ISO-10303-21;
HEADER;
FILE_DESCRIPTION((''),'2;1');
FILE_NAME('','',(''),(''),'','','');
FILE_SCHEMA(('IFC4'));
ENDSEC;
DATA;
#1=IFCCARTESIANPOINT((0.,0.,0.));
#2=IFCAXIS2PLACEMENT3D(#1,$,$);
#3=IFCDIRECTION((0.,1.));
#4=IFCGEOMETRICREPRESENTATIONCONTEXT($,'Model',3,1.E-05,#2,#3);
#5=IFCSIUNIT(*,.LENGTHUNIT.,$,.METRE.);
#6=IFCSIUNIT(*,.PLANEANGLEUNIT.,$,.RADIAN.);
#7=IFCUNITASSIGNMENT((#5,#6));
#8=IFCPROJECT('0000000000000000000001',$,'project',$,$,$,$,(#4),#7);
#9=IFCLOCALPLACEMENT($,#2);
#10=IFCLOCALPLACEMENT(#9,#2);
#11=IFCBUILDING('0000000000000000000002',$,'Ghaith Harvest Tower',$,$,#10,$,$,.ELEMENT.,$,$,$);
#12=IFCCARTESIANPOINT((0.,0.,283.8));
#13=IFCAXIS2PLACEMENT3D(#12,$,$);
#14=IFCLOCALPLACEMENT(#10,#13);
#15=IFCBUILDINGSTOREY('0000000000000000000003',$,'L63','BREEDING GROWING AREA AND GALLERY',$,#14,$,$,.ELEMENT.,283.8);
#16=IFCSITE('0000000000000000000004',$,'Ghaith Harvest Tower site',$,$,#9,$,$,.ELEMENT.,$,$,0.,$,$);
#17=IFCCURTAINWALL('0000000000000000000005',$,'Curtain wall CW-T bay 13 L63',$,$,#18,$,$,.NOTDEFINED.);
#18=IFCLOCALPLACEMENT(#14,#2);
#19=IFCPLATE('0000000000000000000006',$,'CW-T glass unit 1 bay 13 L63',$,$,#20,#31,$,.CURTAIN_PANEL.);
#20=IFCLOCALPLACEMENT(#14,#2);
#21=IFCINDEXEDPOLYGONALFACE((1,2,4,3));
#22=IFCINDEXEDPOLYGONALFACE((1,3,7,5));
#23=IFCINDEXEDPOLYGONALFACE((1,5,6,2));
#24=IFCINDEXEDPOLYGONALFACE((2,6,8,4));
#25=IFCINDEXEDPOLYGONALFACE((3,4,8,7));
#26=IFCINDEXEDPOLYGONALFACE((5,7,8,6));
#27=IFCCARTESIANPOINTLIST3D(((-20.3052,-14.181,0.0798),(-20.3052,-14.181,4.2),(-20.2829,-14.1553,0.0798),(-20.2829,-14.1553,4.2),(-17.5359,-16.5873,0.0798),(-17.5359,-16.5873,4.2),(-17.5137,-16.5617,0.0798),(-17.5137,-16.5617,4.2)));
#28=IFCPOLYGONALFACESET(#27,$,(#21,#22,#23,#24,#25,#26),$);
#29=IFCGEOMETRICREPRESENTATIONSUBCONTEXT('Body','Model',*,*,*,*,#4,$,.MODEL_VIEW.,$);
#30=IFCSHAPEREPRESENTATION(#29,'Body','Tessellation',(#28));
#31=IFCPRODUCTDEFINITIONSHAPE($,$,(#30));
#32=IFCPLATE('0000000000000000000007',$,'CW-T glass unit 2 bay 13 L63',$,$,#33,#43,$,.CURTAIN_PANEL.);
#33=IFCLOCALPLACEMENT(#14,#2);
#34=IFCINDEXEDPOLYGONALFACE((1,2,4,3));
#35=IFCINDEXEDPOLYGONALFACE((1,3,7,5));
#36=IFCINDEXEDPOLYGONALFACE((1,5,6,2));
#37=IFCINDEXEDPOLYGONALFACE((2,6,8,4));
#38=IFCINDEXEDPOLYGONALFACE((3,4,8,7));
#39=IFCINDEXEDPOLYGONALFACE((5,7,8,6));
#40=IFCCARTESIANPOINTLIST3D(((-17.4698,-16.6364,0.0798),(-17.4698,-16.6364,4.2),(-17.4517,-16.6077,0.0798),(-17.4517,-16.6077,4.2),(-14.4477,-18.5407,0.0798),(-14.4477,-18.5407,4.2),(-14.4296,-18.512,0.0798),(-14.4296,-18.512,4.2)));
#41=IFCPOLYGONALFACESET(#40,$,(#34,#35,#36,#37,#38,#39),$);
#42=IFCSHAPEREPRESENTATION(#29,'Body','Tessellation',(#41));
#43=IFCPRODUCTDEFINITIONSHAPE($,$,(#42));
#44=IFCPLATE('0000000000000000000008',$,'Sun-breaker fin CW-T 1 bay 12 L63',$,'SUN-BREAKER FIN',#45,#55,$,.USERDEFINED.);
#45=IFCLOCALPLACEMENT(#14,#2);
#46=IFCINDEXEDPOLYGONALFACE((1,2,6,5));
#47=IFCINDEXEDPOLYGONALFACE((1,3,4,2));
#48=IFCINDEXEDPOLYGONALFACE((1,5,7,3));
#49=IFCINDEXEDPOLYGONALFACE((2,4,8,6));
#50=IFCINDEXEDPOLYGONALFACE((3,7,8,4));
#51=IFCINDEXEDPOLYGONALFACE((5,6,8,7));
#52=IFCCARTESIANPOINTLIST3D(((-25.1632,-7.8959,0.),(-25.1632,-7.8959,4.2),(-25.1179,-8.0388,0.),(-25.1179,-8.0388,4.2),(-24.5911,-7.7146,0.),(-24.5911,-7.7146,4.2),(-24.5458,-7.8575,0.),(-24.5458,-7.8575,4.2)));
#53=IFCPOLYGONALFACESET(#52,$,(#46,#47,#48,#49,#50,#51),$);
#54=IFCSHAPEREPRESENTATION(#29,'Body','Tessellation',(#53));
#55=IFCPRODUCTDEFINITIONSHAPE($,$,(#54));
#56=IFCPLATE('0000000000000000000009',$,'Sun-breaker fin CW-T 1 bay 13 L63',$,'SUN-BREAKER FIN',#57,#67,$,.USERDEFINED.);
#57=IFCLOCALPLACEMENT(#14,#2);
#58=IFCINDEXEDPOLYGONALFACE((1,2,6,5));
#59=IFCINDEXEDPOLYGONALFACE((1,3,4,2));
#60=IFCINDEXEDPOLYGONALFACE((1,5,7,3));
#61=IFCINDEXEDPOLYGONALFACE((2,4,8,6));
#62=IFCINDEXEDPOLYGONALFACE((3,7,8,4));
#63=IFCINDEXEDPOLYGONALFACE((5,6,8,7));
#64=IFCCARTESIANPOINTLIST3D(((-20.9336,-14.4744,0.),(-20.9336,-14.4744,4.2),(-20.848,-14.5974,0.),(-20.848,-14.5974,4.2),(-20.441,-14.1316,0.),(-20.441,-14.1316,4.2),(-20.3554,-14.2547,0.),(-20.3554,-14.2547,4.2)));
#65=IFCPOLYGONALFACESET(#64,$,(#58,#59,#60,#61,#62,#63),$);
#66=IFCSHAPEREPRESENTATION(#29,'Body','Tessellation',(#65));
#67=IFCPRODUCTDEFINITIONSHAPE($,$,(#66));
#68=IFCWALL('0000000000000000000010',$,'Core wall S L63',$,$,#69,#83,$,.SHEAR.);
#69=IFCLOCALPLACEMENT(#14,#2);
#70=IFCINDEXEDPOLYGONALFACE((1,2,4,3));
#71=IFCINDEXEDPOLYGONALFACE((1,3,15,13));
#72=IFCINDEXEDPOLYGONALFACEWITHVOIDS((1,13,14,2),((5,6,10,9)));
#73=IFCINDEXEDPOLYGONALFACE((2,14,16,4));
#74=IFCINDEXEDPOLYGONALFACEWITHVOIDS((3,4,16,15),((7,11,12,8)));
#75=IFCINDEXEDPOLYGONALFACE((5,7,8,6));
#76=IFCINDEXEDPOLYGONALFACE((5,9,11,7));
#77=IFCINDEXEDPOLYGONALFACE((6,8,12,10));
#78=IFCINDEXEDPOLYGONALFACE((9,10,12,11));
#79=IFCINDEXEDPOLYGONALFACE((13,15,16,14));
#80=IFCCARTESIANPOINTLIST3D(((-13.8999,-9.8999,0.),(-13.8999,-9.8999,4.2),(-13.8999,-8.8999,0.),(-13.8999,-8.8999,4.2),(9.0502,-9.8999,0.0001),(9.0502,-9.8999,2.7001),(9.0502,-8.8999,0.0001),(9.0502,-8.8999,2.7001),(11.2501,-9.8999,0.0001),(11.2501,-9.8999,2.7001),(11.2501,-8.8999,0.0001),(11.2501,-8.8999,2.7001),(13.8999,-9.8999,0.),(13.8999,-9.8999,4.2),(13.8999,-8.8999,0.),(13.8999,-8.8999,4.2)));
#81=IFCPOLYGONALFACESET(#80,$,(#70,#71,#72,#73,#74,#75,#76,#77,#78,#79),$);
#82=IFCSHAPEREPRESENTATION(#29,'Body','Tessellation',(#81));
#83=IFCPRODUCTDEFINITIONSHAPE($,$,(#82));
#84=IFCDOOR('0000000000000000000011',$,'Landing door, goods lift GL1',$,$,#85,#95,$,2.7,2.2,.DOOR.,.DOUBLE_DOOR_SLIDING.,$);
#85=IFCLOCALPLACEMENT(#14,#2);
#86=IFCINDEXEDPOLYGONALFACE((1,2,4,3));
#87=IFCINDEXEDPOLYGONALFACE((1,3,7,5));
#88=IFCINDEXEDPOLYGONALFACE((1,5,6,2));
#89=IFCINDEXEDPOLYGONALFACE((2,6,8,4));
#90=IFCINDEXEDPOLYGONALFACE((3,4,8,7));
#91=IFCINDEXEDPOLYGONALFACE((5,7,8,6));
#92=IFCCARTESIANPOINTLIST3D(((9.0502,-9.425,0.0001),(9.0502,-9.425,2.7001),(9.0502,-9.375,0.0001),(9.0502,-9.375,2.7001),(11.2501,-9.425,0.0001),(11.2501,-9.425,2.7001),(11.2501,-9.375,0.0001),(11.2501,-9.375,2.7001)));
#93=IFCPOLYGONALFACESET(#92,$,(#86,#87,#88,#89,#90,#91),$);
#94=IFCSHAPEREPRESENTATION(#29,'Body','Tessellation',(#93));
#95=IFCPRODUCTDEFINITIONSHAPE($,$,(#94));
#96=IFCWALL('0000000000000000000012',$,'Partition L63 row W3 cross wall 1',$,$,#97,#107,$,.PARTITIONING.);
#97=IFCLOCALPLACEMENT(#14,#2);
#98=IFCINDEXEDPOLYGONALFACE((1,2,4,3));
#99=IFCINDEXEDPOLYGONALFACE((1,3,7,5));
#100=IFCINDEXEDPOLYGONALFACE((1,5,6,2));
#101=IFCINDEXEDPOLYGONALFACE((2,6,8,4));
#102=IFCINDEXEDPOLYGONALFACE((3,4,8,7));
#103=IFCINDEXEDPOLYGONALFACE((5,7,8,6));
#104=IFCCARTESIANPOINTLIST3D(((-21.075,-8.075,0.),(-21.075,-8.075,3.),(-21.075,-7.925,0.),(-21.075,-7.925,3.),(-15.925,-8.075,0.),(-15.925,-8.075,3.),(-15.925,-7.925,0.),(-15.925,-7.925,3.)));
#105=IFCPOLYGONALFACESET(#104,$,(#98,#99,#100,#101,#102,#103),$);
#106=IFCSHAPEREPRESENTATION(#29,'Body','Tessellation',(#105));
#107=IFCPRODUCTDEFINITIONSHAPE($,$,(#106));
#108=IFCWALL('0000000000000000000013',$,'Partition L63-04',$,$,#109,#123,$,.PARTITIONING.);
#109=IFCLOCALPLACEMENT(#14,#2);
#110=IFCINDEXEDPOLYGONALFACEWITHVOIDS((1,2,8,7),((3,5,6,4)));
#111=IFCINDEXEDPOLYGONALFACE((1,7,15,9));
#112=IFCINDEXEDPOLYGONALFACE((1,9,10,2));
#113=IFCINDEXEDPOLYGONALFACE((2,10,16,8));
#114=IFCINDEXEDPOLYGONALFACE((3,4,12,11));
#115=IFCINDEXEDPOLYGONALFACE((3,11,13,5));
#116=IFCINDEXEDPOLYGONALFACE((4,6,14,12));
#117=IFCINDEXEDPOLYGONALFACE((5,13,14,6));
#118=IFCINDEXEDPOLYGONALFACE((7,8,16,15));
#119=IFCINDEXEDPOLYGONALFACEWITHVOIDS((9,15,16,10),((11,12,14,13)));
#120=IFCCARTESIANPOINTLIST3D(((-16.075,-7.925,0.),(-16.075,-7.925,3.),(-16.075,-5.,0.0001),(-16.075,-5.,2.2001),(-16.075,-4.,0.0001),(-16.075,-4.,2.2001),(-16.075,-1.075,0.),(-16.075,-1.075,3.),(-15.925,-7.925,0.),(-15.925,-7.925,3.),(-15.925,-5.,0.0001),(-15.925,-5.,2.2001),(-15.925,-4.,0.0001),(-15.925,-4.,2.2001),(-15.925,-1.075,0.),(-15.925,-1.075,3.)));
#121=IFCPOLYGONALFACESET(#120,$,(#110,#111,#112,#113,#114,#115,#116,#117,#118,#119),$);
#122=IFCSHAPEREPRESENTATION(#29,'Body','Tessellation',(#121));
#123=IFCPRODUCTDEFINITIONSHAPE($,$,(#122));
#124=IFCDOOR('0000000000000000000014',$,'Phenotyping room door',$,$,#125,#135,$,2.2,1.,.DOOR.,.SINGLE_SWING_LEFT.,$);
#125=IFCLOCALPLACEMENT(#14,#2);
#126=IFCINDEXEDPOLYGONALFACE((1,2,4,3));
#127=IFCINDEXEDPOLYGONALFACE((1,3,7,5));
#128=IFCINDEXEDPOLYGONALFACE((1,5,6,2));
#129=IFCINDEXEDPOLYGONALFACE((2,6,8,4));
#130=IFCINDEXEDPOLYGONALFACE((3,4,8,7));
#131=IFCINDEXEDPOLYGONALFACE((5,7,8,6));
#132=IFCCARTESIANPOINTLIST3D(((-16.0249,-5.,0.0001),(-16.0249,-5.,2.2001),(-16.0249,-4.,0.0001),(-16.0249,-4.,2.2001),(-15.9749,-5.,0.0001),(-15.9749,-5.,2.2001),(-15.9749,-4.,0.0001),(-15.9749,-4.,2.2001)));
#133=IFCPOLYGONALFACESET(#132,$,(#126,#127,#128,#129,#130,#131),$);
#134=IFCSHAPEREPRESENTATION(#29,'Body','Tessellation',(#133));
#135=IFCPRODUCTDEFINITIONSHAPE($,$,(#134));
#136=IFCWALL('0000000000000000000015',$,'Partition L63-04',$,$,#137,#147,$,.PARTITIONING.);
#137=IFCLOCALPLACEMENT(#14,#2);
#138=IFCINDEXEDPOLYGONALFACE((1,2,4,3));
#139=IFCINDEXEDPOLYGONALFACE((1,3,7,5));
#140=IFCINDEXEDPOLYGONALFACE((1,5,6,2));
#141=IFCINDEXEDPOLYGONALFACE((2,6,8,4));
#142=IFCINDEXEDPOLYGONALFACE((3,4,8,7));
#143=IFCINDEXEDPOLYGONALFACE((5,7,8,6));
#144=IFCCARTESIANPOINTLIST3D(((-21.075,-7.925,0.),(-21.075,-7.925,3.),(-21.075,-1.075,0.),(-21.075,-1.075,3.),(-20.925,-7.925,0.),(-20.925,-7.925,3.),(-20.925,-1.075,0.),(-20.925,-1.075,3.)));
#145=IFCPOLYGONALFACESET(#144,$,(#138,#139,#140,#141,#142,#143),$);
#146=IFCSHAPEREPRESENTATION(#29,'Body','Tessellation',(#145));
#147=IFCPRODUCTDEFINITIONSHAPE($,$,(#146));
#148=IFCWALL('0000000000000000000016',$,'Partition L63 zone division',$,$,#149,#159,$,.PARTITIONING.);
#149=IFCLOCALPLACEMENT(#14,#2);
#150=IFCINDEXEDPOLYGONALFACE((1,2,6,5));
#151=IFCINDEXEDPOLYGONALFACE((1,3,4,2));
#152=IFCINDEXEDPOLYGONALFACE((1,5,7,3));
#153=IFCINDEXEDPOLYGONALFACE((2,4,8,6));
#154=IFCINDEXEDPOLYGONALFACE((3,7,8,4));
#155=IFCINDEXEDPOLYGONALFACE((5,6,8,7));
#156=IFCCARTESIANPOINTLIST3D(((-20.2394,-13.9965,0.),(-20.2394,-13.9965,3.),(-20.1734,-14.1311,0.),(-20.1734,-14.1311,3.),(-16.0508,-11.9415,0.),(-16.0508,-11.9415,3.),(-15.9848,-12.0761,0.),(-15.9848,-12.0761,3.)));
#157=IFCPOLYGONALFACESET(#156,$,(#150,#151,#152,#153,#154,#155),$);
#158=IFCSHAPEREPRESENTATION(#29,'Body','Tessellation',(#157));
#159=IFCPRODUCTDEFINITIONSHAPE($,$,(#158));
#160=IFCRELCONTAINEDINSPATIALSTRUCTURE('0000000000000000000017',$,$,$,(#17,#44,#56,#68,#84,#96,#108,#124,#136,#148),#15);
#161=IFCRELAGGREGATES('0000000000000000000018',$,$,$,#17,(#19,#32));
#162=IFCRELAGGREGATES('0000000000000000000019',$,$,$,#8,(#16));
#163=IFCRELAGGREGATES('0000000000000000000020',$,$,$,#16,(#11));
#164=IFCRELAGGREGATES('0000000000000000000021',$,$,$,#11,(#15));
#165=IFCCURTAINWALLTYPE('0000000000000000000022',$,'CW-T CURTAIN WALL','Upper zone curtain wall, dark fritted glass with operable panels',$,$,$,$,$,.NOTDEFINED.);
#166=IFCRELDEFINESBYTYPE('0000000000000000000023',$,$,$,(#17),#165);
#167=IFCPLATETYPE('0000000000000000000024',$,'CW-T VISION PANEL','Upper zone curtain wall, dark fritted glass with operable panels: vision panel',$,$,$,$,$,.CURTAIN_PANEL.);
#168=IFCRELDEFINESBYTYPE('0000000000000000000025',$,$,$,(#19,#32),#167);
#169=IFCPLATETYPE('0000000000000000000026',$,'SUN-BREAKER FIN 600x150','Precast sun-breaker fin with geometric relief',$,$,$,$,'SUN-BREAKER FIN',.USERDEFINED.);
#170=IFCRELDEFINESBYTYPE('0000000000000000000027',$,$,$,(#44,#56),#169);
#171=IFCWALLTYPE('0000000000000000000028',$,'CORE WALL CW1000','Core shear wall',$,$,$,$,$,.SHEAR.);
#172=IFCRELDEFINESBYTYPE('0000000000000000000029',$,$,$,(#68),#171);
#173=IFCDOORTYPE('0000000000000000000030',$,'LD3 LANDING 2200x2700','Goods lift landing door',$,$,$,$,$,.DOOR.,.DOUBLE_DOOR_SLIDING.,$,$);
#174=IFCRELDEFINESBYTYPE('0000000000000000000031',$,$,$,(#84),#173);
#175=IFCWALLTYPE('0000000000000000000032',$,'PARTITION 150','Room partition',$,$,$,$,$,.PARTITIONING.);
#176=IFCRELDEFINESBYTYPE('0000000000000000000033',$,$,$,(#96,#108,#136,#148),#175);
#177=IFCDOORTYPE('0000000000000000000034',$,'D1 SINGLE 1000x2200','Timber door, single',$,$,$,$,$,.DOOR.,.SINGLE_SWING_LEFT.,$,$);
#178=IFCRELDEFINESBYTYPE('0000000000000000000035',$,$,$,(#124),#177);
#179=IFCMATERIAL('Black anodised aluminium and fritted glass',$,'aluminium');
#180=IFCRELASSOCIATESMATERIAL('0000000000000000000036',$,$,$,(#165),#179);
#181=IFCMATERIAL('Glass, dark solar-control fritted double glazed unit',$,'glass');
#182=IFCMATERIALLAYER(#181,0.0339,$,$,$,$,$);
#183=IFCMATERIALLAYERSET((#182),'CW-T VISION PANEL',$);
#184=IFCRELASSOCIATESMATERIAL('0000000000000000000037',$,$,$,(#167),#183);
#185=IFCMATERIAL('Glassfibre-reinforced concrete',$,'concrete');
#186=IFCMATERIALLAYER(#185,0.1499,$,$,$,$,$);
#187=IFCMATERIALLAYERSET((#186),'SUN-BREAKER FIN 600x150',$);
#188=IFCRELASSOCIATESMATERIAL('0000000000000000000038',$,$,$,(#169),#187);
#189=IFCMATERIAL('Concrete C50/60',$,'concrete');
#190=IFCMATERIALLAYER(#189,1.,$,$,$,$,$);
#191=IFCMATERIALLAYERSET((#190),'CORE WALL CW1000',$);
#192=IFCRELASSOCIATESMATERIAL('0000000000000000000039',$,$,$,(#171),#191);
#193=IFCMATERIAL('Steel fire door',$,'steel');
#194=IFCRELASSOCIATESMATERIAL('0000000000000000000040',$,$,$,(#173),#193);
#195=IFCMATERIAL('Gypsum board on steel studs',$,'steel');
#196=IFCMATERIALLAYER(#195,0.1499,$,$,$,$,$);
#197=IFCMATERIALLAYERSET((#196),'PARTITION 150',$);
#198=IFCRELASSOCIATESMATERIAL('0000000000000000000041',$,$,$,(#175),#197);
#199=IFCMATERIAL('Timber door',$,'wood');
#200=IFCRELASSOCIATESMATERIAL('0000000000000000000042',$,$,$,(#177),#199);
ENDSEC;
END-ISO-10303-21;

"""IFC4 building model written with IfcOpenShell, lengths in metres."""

from ifc_helpers import new_model, si_unit, direction, frame, frame_2d, origin, origin_2d, place, context, subcontext, project, spatial, rectangle, extrude, material, layer, layer_set, type_object, element, fill, aggregate, save


model = new_model("IFC4")

# Units and contexts
model_context = context("Model", 3, precision=1e-05, world=origin(), true_north=direction((0.0, 1.0)))
body_context = subcontext(model_context, "Body", "Model", "MODEL_VIEW")
ifc_project = project(units=[si_unit("LENGTHUNIT", "METRE"), si_unit("PLANEANGLEUNIT", "RADIAN")], contexts=[model_context])

# Site, building, storey
site_placement = place(None, origin())
site = spatial("IfcSite", under=ifc_project, at=site_placement, Name="Ghaith Harvest Tower site", CompositionType="ELEMENT", RefElevation=0.0)
building_placement = place(site_placement, origin())
building = spatial("IfcBuilding", under=site, at=building_placement, Name="Ghaith Harvest Tower", CompositionType="ELEMENT")
storey_placement = place(building_placement, frame((0.0, 0.0, 283.8)))
storey = spatial("IfcBuildingStorey", under=building, at=storey_placement, Name="L63", Description="BREEDING GROWING AREA AND GALLERY", CompositionType="ELEMENT", Elevation=283.8)

# Shared definitions
ifc_material_1 = material(Name="Black anodised aluminium and fritted glass", Category="aluminium")
curtain_wall_type = type_object("IfcCurtainWallType", Name="CW-T CURTAIN WALL", Description="Upper zone curtain wall, dark fritted glass with operable panels", PredefinedType="NOTDEFINED", material=ifc_material_1)

# Curtain wall
curtain_wall_1_placement = place(storey_placement, origin())
curtain_wall_1 = element("IfcCurtainWall", 1, at=curtain_wall_1_placement, inside=storey, type_object=curtain_wall_type, Name="Curtain wall CW-T bay 13 L63", PredefinedType="NOTDEFINED")

# Plates
ifc_material_2 = material(Name="Glass, dark solar-control fritted double glazed unit", Category="glass")
ifc_layer_1 = layer(ifc_material_2, 0.0339)
ifc_layer_set_1 = layer_set([ifc_layer_1], Name="CW-T VISION PANEL")
plate_type_1 = type_object("IfcPlateType", Name="CW-T VISION PANEL", Description="Upper zone curtain wall, dark fritted glass with operable panels: vision panel", PredefinedType="CURTAIN_PANEL", material=ifc_layer_set_1)
plate_1_placement = place(storey_placement, frame((-18.9094, -15.3713, 0.0798), z_axis=(0.0, 0.0, 1.0), x_axis=(0.754829, -0.655922, 0.0)))
plate_1 = element("IfcPlate", 2, at=plate_1_placement, type_object=plate_type_1, Name="CW-T glass unit 1 bay 13 L63", PredefinedType="CURTAIN_PANEL", context=body_context, shape_type="SweptSolid", body=[
    extrude(rectangle(XDim=3.6687, YDim=0.0339, at=origin_2d()), origin(), (0.0, 0.0, 1.0), 4.1201),
])
plate_2_placement = place(storey_placement, frame((-15.9497, -17.5742, 0.0798), z_axis=(0.0, 0.0, 1.0), x_axis=(0.846043, -0.533114, 0.0)))
plate_2 = element("IfcPlate", 3, at=plate_2_placement, type_object=plate_type_1, Name="CW-T glass unit 2 bay 13 L63", PredefinedType="CURTAIN_PANEL", context=body_context, shape_type="SweptSolid", body=[
    extrude(rectangle(XDim=3.572, YDim=0.0339, at=origin_2d()), origin(), (0.0, 0.0, 1.0), 4.1201),
])
aggregate(curtain_wall_1, [plate_1, plate_2])

# Plates
ifc_material_3 = material(Name="Glassfibre-reinforced concrete", Category="concrete")
ifc_layer_2 = layer(ifc_material_3, 0.1499)
ifc_layer_set_2 = layer_set([ifc_layer_2], Name="SUN-BREAKER FIN 600x150")
plate_type_2 = type_object("IfcPlateType", Name="SUN-BREAKER FIN 600x150", Description="Precast sun-breaker fin with geometric relief", ElementType="SUN-BREAKER FIN", PredefinedType="USERDEFINED", material=ifc_layer_set_2)
for number, where, z_axis, x_axis, name in (
    (4, (-24.8545, -7.8767, 0.0), (0.0, 0.0, 1.0), (-0.953273, -0.30211, 0.0), "Sun-breaker fin CW-T 1 bay 12 L63"),
    (5, (-20.6445, -14.3645, 0.0), (0.0, 0.0, 1.0), (-0.820845, -0.57115, 0.0), "Sun-breaker fin CW-T 1 bay 13 L63"),
):
    element("IfcPlate", number, at=place(storey_placement, frame(where, z_axis=z_axis, x_axis=x_axis)), inside=storey, type_object=plate_type_2, Name=name, ObjectType="SUN-BREAKER FIN", PredefinedType="USERDEFINED", context=body_context, shape_type="SweptSolid", body=[
        extrude(rectangle(XDim=0.6001, YDim=0.1499, at=origin_2d()), origin(), (0.0, 0.0, 1.0), 4.2),
    ])

# Wall, opening, door
ifc_material_4 = material(Name="Concrete C50/60", Category="concrete")
ifc_layer_3 = layer(ifc_material_4, 1.0)
ifc_layer_set_3 = layer_set([ifc_layer_3], Name="CORE WALL CW1000")
wall_type_1 = type_object("IfcWallType", Name="CORE WALL CW1000", Description="Core shear wall", PredefinedType="SHEAR", material=ifc_layer_set_3)
wall_1_placement = place(storey_placement, frame((-13.8999, -9.3999, 0.0), z_axis=(0.0, 0.0, 1.0), x_axis=(1.0, 0.0, 0.0)))
wall_1 = element("IfcWall", 6, at=wall_1_placement, inside=storey, type_object=wall_type_1, Name="Core wall S L63", PredefinedType="SHEAR", context=body_context, shape_type="SweptSolid", body=[
    extrude(rectangle(XDim=27.7998, YDim=1.0, at=frame_2d((13.8999, 0.0))), origin(), (0.0, 0.0, 1.0), 4.2),
])
opening_1_placement = place(wall_1_placement, frame((22.95, 0.0, 0.0)))
opening_1 = element("IfcOpeningElement", 7, at=opening_1_placement, cuts=wall_1, PredefinedType="OPENING", context=body_context, shape_type="SweptSolid", body=[
    extrude(rectangle(XDim=2.2, YDim=2.7, at=frame_2d((1.1001, 1.3501))), frame((0.0, 0.51, 0.0), z_axis=(0.0, -1.0, 0.0), x_axis=(1.0, 0.0, 0.0)), (0.0, 0.0, 1.0), 1.02),
])
ifc_material_5 = material(Name="Steel fire door", Category="steel")
door_type_1 = type_object("IfcDoorType", Name="LD3 LANDING 2200x2700", Description="Goods lift landing door", OperationType="DOUBLE_DOOR_SLIDING", PredefinedType="DOOR", material=ifc_material_5)
door_1_placement = place(opening_1_placement, origin())
door_1 = element("IfcDoor", 8, at=door_1_placement, inside=storey, type_object=door_type_1, Name="Landing door, goods lift GL1", OperationType="DOUBLE_DOOR_SLIDING", OverallHeight=2.7, OverallWidth=2.2, PredefinedType="DOOR", context=body_context, shape_type="SweptSolid", body=[
    extrude(rectangle(XDim=2.2, YDim=2.7, at=frame_2d((1.1001, 1.3501))), frame((0.0, 0.0249, 0.0), z_axis=(0.0, -1.0, 0.0), x_axis=(1.0, 0.0, 0.0)), (0.0, 0.0, 1.0), 0.05),
])
fill(opening_1, door_1)

# Wall
ifc_material_6 = material(Name="Gypsum board on steel studs", Category="steel")
ifc_layer_4 = layer(ifc_material_6, 0.1499)
ifc_layer_set_4 = layer_set([ifc_layer_4], Name="PARTITION 150")
wall_type_2 = type_object("IfcWallType", Name="PARTITION 150", Description="Room partition", PredefinedType="PARTITIONING", material=ifc_layer_set_4)
wall_2_placement = place(storey_placement, frame((-15.925, -8.0, 0.0), z_axis=(0.0, 0.0, 1.0), x_axis=(-1.0, 0.0, 0.0)))
element("IfcWall", 9, at=wall_2_placement, inside=storey, type_object=wall_type_2, Name="Partition L63 row W3 cross wall 1", PredefinedType="PARTITIONING", context=body_context, shape_type="SweptSolid", body=[
    extrude(rectangle(XDim=5.1499, YDim=0.1499, at=frame_2d((2.575, 0.0))), origin(), (0.0, 0.0, 1.0), 3.0),
])

# Wall, opening, door
wall_3_placement = place(storey_placement, frame((-16.0, -7.925, 0.0), z_axis=(0.0, 0.0, 1.0), x_axis=(0.0, 1.0, 0.0)))
wall_3 = element("IfcWall", 10, at=wall_3_placement, inside=storey, type_object=wall_type_2, Name="Partition L63-04", PredefinedType="PARTITIONING", context=body_context, shape_type="SweptSolid", body=[
    extrude(rectangle(XDim=6.8501, YDim=0.1499, at=frame_2d((3.425, 0.0))), origin(), (0.0, 0.0, 1.0), 3.0),
])
opening_2_placement = place(wall_3_placement, frame((2.925, 0.0, 0.0)))
opening_2 = element("IfcOpeningElement", 11, at=opening_2_placement, cuts=wall_3, PredefinedType="OPENING", context=body_context, shape_type="SweptSolid", body=[
    extrude(rectangle(XDim=1.0, YDim=2.2, at=frame_2d((0.5, 1.1001))), frame((0.0, 0.085, 0.0), z_axis=(0.0, -1.0, 0.0), x_axis=(1.0, 0.0, 0.0)), (0.0, 0.0, 1.0), 0.1699),
])
ifc_material_7 = material(Name="Timber door", Category="wood")
door_type_2 = type_object("IfcDoorType", Name="D1 SINGLE 1000x2200", Description="Timber door, single", OperationType="SINGLE_SWING_LEFT", PredefinedType="DOOR", material=ifc_material_7)
door_2_placement = place(opening_2_placement, origin())
door_2 = element("IfcDoor", 12, at=door_2_placement, inside=storey, type_object=door_type_2, Name="Phenotyping room door", OperationType="SINGLE_SWING_LEFT", OverallHeight=2.2, OverallWidth=1.0, PredefinedType="DOOR", context=body_context, shape_type="SweptSolid", body=[
    extrude(rectangle(XDim=1.0, YDim=2.2, at=frame_2d((0.5, 1.1001))), frame((0.0, 0.0249, 0.0), z_axis=(0.0, -1.0, 0.0), x_axis=(1.0, 0.0, 0.0)), (0.0, 0.0, 1.0), 0.05),
])
fill(opening_2, door_2)

# Walls
wall_4_placement = place(storey_placement, frame((-21.0, -7.925, 0.0), z_axis=(0.0, 0.0, 1.0), x_axis=(0.0, 1.0, 0.0)))
element("IfcWall", 13, at=wall_4_placement, inside=storey, type_object=wall_type_2, Name="Partition L63-04", PredefinedType="PARTITIONING", context=body_context, shape_type="SweptSolid", body=[
    extrude(rectangle(XDim=6.8501, YDim=0.1499, at=frame_2d((3.425, 0.0))), origin(), (0.0, 0.0, 1.0), 3.0),
])
wall_5_placement = place(storey_placement, frame((-16.0178, -12.0088, 0.0), z_axis=(0.0, 0.0, 1.0), x_axis=(-0.897772, -0.440461, 0.0)))
element("IfcWall", 14, at=wall_5_placement, inside=storey, type_object=wall_type_2, Name="Partition L63 zone division", PredefinedType="PARTITIONING", context=body_context, shape_type="SweptSolid", body=[
    extrude(rectangle(XDim=4.6655, YDim=0.1499, at=frame_2d((2.3328, 0.0))), origin(), (0.0, 0.0, 1.0), 3.0),
])

save(model, "model.ifc")
